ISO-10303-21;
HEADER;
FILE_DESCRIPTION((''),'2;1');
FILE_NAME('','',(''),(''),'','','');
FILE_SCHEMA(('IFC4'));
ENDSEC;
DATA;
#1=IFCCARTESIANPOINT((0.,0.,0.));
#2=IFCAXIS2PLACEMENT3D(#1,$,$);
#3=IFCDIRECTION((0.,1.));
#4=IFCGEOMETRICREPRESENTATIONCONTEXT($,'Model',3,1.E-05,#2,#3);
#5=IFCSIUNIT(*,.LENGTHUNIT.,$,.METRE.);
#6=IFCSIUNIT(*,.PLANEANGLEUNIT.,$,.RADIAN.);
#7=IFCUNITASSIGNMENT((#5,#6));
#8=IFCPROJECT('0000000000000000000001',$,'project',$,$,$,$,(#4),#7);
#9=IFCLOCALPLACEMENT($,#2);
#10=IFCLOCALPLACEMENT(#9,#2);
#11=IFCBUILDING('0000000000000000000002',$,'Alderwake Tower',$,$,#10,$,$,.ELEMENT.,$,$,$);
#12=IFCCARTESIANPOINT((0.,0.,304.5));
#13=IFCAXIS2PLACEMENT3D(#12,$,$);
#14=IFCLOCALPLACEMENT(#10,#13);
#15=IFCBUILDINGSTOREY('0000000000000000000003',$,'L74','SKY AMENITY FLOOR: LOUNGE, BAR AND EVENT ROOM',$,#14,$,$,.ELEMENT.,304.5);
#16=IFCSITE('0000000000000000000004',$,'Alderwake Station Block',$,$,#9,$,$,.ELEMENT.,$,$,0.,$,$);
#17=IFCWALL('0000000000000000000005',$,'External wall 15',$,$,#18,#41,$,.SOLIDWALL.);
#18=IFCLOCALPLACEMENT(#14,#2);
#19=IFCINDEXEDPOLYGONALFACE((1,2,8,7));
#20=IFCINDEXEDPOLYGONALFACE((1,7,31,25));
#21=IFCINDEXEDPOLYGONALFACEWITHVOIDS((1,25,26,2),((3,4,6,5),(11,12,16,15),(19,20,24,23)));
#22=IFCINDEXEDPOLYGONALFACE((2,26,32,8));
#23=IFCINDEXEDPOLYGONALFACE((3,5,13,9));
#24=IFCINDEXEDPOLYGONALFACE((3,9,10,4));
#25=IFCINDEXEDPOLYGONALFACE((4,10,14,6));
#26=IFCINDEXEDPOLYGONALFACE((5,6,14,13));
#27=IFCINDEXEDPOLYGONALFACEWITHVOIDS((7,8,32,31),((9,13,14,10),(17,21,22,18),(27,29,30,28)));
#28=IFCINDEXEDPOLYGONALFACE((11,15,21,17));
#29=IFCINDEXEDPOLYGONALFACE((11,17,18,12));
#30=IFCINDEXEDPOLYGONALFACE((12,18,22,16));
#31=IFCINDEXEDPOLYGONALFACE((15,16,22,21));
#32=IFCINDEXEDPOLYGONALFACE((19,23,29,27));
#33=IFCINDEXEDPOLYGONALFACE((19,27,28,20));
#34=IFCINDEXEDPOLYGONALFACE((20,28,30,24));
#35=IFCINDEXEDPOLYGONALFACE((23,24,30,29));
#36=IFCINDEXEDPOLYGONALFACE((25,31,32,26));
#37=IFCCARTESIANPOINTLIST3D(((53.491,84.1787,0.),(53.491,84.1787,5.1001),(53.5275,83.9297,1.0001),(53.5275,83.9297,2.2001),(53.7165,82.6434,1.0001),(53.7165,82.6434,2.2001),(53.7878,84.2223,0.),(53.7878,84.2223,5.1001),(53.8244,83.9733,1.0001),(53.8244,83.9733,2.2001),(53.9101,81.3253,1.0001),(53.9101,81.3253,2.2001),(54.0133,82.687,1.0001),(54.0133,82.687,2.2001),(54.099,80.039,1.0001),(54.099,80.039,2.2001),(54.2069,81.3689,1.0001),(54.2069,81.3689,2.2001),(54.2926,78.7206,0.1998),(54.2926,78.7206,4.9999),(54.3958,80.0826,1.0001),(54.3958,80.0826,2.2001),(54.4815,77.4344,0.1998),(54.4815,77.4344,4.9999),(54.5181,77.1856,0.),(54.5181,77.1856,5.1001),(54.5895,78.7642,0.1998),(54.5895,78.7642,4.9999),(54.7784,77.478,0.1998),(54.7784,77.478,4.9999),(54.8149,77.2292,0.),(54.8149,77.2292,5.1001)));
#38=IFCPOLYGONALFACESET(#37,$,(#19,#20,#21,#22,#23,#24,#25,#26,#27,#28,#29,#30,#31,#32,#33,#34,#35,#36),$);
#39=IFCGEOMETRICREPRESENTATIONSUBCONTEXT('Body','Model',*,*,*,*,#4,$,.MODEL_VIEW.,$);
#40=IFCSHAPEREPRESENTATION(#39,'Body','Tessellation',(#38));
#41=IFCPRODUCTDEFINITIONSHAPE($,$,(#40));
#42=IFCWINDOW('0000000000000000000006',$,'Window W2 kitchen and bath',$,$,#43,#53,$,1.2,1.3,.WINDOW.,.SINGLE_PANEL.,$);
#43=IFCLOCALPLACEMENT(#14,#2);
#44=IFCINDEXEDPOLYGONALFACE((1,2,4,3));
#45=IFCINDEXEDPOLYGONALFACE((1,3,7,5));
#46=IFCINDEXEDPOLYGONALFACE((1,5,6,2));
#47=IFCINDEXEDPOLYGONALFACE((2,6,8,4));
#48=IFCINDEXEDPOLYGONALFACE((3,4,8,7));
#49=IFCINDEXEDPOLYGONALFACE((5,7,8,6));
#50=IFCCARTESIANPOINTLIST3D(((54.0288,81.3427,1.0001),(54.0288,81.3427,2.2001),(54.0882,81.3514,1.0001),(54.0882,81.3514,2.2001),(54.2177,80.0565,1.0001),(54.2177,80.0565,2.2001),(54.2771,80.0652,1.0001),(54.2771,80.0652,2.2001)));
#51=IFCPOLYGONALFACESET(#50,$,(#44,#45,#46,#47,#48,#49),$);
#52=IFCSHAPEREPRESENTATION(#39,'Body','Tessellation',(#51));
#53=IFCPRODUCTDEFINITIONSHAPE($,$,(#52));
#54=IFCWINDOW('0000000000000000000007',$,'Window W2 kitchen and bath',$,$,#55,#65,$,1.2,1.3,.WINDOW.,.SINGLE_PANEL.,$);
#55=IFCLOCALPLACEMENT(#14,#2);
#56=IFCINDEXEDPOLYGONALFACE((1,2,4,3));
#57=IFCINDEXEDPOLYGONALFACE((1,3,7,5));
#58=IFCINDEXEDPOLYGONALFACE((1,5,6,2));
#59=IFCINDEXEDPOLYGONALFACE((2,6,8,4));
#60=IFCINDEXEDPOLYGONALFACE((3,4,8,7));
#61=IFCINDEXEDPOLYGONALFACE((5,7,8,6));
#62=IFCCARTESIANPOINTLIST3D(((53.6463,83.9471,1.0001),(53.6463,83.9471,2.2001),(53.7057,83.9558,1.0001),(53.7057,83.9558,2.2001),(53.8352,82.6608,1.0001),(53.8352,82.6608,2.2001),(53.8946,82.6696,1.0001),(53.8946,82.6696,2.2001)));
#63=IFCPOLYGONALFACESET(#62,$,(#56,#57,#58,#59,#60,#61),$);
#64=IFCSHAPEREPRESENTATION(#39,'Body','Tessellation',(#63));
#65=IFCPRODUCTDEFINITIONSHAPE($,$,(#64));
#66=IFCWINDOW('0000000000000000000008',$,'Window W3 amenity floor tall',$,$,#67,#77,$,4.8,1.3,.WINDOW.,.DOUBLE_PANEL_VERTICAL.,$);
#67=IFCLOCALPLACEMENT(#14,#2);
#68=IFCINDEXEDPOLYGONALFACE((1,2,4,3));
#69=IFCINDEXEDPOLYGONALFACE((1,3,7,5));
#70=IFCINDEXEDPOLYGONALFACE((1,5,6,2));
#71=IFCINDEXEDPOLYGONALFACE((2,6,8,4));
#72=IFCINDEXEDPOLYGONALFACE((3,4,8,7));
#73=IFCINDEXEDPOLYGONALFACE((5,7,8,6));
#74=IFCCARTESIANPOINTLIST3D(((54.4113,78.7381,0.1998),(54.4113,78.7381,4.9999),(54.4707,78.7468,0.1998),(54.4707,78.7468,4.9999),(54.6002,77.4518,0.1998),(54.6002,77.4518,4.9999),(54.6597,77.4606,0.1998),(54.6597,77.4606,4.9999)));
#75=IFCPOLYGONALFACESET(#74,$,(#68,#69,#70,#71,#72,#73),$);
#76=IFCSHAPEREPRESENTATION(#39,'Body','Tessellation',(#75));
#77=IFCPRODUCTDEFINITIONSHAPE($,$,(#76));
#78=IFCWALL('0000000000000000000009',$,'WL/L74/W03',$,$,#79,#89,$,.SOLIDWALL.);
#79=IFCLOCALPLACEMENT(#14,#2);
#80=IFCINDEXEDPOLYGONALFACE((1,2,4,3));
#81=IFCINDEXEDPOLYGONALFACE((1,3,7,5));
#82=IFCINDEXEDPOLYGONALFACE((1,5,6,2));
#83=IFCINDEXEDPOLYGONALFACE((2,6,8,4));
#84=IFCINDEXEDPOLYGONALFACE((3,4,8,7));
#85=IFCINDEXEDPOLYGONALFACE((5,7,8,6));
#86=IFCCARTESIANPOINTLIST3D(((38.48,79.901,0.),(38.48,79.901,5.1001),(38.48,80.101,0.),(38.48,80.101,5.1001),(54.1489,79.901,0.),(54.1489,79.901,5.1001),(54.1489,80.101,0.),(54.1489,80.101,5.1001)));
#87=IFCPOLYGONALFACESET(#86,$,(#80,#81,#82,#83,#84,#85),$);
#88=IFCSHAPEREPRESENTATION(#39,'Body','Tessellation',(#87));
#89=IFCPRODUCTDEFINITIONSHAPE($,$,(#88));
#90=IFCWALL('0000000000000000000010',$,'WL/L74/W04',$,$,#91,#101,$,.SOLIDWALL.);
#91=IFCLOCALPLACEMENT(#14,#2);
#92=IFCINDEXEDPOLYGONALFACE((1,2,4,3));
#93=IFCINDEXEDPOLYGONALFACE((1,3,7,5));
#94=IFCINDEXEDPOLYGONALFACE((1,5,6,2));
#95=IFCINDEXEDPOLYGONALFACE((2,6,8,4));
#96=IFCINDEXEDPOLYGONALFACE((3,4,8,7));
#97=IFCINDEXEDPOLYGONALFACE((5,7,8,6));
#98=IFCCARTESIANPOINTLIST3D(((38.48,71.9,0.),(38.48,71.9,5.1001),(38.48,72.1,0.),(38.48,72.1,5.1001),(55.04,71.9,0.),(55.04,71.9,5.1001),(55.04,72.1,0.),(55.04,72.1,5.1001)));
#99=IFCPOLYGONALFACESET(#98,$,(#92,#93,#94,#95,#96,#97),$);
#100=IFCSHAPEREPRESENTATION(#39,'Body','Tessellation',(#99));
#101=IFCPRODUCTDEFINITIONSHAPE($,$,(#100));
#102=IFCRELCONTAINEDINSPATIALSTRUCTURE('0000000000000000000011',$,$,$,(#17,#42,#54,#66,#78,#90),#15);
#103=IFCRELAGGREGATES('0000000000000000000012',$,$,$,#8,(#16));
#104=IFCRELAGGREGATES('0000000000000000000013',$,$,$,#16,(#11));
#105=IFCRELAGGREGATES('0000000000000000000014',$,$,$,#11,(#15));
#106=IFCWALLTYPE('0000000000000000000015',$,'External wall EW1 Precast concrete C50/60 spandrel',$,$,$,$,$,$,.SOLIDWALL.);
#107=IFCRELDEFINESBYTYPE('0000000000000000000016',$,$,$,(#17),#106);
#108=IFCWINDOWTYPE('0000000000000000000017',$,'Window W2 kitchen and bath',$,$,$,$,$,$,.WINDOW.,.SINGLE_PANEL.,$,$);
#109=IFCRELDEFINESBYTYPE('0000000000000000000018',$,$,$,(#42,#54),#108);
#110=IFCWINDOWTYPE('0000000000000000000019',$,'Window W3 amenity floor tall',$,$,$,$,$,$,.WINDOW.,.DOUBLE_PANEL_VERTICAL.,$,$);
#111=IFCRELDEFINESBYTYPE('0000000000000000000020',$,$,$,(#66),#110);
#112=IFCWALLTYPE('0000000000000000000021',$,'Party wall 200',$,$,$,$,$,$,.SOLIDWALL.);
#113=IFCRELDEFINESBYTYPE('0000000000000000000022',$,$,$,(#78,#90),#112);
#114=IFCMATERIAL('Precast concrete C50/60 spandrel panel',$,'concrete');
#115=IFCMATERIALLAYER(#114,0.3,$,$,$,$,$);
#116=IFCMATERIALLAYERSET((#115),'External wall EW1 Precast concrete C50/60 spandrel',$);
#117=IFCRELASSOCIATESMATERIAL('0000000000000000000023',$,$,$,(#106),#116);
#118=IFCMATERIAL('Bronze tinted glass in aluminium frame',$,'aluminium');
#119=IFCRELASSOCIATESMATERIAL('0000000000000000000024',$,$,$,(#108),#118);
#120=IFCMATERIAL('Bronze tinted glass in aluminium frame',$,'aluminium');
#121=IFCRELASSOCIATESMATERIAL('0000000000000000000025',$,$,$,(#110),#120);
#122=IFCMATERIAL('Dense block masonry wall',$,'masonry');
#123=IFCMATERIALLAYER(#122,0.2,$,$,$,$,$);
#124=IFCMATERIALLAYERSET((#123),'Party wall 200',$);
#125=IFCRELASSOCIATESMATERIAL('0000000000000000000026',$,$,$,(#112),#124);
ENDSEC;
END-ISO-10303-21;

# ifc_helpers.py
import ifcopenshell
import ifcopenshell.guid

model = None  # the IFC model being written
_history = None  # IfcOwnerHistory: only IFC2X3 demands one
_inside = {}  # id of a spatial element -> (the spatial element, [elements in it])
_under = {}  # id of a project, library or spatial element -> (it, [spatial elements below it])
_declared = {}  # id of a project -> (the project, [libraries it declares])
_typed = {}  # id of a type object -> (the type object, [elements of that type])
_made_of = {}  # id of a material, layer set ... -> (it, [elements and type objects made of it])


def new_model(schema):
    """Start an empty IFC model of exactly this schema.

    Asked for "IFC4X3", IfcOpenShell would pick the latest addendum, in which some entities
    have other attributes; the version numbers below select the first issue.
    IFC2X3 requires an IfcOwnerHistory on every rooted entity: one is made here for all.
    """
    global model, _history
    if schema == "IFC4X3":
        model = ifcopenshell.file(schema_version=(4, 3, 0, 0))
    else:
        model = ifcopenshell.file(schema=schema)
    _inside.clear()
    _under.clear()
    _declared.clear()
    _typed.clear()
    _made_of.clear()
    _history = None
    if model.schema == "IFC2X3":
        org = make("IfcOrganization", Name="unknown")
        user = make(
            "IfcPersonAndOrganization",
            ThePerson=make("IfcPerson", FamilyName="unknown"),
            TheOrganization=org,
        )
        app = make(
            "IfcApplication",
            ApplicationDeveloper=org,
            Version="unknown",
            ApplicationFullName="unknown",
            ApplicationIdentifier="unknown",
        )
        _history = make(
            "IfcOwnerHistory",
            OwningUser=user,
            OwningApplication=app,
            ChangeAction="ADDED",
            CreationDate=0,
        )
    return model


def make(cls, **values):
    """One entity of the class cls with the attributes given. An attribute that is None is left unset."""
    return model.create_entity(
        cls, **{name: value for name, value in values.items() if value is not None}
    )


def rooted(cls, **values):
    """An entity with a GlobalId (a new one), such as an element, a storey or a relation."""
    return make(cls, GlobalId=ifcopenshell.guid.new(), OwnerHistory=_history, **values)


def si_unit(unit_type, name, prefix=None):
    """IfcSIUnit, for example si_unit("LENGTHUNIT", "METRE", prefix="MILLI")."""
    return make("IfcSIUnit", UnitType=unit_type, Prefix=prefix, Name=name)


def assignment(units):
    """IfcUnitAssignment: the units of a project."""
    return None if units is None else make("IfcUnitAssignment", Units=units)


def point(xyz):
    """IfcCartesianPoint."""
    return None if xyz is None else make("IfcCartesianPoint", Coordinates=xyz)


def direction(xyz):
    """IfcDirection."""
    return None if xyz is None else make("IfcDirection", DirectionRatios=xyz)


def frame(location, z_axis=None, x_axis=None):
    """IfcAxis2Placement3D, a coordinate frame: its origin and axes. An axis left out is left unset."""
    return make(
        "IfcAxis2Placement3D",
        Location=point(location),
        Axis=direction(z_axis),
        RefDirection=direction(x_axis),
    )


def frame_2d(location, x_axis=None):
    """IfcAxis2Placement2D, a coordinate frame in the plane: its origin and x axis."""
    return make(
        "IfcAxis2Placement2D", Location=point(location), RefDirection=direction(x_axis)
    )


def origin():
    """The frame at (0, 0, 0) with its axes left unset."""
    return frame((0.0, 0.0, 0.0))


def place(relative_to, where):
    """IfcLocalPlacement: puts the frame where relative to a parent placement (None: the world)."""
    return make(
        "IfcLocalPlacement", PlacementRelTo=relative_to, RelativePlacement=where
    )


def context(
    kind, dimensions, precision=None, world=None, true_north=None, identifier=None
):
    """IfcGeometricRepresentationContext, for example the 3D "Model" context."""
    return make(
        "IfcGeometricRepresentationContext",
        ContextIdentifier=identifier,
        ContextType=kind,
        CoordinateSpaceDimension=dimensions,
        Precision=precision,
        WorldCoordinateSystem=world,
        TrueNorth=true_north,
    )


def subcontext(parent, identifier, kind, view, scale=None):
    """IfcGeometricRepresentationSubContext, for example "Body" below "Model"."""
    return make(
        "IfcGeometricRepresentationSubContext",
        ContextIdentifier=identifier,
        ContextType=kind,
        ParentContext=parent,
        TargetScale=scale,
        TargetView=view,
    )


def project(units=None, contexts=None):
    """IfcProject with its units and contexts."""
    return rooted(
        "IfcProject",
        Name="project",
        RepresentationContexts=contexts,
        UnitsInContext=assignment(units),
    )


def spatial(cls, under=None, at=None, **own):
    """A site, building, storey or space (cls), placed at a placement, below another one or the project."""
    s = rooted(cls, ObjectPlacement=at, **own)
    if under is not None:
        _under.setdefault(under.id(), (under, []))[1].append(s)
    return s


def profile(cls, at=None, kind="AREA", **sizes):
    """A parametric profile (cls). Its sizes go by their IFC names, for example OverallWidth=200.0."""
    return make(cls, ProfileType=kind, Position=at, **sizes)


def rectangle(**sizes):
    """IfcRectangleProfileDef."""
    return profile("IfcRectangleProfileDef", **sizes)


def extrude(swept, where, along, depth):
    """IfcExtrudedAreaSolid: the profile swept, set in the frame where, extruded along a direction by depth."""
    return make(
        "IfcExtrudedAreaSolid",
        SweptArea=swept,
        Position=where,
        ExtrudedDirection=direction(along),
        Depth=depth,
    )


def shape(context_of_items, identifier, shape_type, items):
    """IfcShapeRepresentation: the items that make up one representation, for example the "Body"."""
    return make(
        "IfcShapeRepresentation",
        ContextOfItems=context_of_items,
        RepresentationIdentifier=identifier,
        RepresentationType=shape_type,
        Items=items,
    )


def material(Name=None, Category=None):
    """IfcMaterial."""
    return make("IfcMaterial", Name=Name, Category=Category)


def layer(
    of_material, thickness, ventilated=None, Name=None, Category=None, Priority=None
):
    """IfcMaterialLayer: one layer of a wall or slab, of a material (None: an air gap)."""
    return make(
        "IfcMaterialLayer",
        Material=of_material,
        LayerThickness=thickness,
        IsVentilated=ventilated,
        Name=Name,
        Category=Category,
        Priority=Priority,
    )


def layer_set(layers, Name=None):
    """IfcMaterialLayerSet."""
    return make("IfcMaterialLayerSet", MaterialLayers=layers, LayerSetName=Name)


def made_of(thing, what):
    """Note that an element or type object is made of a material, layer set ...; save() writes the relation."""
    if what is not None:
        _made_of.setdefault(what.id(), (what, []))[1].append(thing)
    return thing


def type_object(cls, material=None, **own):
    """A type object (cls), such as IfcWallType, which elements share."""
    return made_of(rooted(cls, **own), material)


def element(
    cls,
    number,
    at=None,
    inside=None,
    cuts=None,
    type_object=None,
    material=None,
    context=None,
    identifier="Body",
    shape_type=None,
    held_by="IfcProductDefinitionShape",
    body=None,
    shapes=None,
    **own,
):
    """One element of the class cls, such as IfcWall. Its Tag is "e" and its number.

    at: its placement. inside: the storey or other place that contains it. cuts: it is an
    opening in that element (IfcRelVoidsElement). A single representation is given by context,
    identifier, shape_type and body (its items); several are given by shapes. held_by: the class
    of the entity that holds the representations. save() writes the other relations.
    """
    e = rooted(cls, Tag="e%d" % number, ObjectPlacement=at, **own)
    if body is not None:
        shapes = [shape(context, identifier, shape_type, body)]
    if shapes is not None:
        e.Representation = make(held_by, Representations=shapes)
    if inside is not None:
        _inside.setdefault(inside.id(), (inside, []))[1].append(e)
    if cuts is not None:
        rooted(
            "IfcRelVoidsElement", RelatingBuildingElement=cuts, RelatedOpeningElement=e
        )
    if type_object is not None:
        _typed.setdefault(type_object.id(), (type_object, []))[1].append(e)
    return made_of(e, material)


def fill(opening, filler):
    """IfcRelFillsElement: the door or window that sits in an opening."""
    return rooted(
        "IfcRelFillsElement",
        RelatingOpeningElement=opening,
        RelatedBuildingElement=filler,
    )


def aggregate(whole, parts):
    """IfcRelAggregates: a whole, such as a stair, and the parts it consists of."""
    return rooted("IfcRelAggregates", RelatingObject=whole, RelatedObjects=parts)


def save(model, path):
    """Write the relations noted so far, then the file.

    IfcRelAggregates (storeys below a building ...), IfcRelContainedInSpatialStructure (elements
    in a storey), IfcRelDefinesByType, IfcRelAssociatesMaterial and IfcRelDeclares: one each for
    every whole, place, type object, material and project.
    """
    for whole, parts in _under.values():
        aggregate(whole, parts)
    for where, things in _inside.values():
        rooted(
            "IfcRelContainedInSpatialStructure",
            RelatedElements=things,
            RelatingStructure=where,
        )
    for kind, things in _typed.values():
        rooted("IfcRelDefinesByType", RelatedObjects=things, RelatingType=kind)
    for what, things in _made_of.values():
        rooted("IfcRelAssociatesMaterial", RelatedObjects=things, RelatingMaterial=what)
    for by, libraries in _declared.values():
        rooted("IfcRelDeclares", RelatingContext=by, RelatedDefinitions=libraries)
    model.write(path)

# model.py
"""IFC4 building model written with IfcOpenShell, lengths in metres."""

from ifc_helpers import new_model, si_unit, direction, frame, frame_2d, origin, place, context, subcontext, project, spatial, rectangle, extrude, material, layer, layer_set, type_object, element, fill, save


model = new_model("IFC4")

# Units and contexts
model_context = context("Model", 3, precision=1e-05, world=origin(), true_north=direction((0.0, 1.0)))
body_context = subcontext(model_context, "Body", "Model", "MODEL_VIEW")
ifc_project = project(units=[si_unit("LENGTHUNIT", "METRE"), si_unit("PLANEANGLEUNIT", "RADIAN")], contexts=[model_context])

# Site, building, storey
site_placement = place(None, origin())
site = spatial("IfcSite", under=ifc_project, at=site_placement, Name="Alderwake Station Block", CompositionType="ELEMENT", RefElevation=0.0)
building_placement = place(site_placement, origin())
building = spatial("IfcBuilding", under=site, at=building_placement, Name="Alderwake Tower", CompositionType="ELEMENT")
storey_placement = place(building_placement, frame((0.0, 0.0, 304.5)))
storey = spatial("IfcBuildingStorey", under=building, at=storey_placement, Name="L74", Description="SKY AMENITY FLOOR: LOUNGE, BAR AND EVENT ROOM", CompositionType="ELEMENT", Elevation=304.5)

# Wall, openings, windows
ifc_material_1 = material(Name="Precast concrete C50/60 spandrel panel", Category="concrete")
ifc_layer_1 = layer(ifc_material_1, 0.3)
ifc_layer_set_1 = layer_set([ifc_layer_1], Name="External wall EW1 Precast concrete C50/60 spandrel")
wall_type_1 = type_object("IfcWallType", Name="External wall EW1 Precast concrete C50/60 spandrel", PredefinedType="SOLIDWALL", material=ifc_layer_set_1)
wall_1_placement = place(storey_placement, frame((54.6665, 77.2073, 0.0), z_axis=(0.0, 0.0, 1.0), x_axis=(-0.145313, 0.989386, 0.0)))
wall_1 = element("IfcWall", 1, at=wall_1_placement, inside=storey, type_object=wall_type_1, Name="External wall 15", PredefinedType="SOLIDWALL", context=body_context, shape_type="SweptSolid", body=[
    extrude(rectangle(XDim=7.0681, YDim=0.3, at=frame_2d((3.5342, 0.0))), origin(), (0.0, 0.0, 1.0), 5.1001),
])
opening_1_placement = place(wall_1_placement, frame((0.2517, 0.0, 0.2)))
opening_1 = element("IfcOpeningElement", 2, at=opening_1_placement, cuts=wall_1, PredefinedType="OPENING", context=body_context, shape_type="SweptSolid", body=[
    extrude(rectangle(XDim=1.3, YDim=4.8, at=frame_2d((0.6499, 2.3999))), frame((0.0, 0.1599, 0.0), z_axis=(0.0, -1.0, 0.0), x_axis=(1.0, 0.0, 0.0)), (0.0, 0.0, 1.0), 0.3201),
])
opening_2_placement = place(wall_1_placement, frame((2.8843, 0.0, 1.0)))
opening_2 = element("IfcOpeningElement", 3, at=opening_2_placement, cuts=wall_1, PredefinedType="OPENING", context=body_context, shape_type="SweptSolid", body=[
    extrude(rectangle(XDim=1.3, YDim=1.2, at=frame_2d((0.6499, 0.6001))), frame((0.0, 0.1599, 0.0), z_axis=(0.0, -1.0, 0.0), x_axis=(1.0, 0.0, 0.0)), (0.0, 0.0, 1.0), 0.3201),
])
opening_3_placement = place(wall_1_placement, frame((5.5166, 0.0, 1.0)))
opening_3 = element("IfcOpeningElement", 4, at=opening_3_placement, cuts=wall_1, PredefinedType="OPENING", context=body_context, shape_type="SweptSolid", body=[
    extrude(rectangle(XDim=1.3, YDim=1.2, at=frame_2d((0.6499, 0.6001))), frame((0.0, 0.1599, 0.0), z_axis=(0.0, -1.0, 0.0), x_axis=(1.0, 0.0, 0.0)), (0.0, 0.0, 1.0), 0.3201),
])
ifc_material_2 = material(Name="Bronze tinted glass in aluminium frame", Category="aluminium")
window_type_1 = type_object("IfcWindowType", Name="Window W2 kitchen and bath", PartitioningType="SINGLE_PANEL", PredefinedType="WINDOW", material=ifc_material_2)
window_1_placement = place(opening_2_placement, origin())
window_1 = element("IfcWindow", 5, at=window_1_placement, inside=storey, type_object=window_type_1, Name="Window W2 kitchen and bath", OverallHeight=1.2, OverallWidth=1.3, PartitioningType="SINGLE_PANEL", PredefinedType="WINDOW", context=body_context, shape_type="SweptSolid", body=[
    extrude(rectangle(XDim=1.3, YDim=1.2, at=frame_2d((0.6499, 0.6001))), frame((0.0, 0.03, 0.0), z_axis=(0.0, -1.0, 0.0), x_axis=(1.0, 0.0, 0.0)), (0.0, 0.0, 1.0), 0.0601),
])
fill(opening_2, window_1)
window_2_placement = place(opening_3_placement, origin())
window_2 = element("IfcWindow", 6, at=window_2_placement, inside=storey, type_object=window_type_1, Name="Window W2 kitchen and bath", OverallHeight=1.2, OverallWidth=1.3, PartitioningType="SINGLE_PANEL", PredefinedType="WINDOW", context=body_context, shape_type="SweptSolid", body=[
    extrude(rectangle(XDim=1.3, YDim=1.2, at=frame_2d((0.6499, 0.6001))), frame((0.0, 0.03, 0.0), z_axis=(0.0, -1.0, 0.0), x_axis=(1.0, 0.0, 0.0)), (0.0, 0.0, 1.0), 0.0601),
])
fill(opening_3, window_2)
ifc_material_3 = material(Name="Bronze tinted glass in aluminium frame", Category="aluminium")
window_type_2 = type_object("IfcWindowType", Name="Window W3 amenity floor tall", PartitioningType="DOUBLE_PANEL_VERTICAL", PredefinedType="WINDOW", material=ifc_material_3)
window_3_placement = place(opening_1_placement, origin())
window_3 = element("IfcWindow", 7, at=window_3_placement, inside=storey, type_object=window_type_2, Name="Window W3 amenity floor tall", OverallHeight=4.8, OverallWidth=1.3, PartitioningType="DOUBLE_PANEL_VERTICAL", PredefinedType="WINDOW", context=body_context, shape_type="SweptSolid", body=[
    extrude(rectangle(XDim=1.3, YDim=4.8, at=frame_2d((0.6499, 2.3999))), frame((0.0, 0.03, 0.0), z_axis=(0.0, -1.0, 0.0), x_axis=(1.0, 0.0, 0.0)), (0.0, 0.0, 1.0), 0.0601),
])
fill(opening_1, window_3)

# Walls
ifc_material_4 = material(Name="Dense block masonry wall", Category="masonry")
ifc_layer_2 = layer(ifc_material_4, 0.2)
ifc_layer_set_2 = layer_set([ifc_layer_2], Name="Party wall 200")
wall_type_2 = type_object("IfcWallType", Name="Party wall 200", PredefinedType="SOLIDWALL", material=ifc_layer_set_2)
wall_2_placement = place(storey_placement, frame((54.1489, 80.001, 0.0), z_axis=(0.0, 0.0, 1.0), x_axis=(-1.0, 0.0, 0.0)))
element("IfcWall", 8, at=wall_2_placement, inside=storey, type_object=wall_type_2, Name="WL/L74/W03", PredefinedType="SOLIDWALL", context=body_context, shape_type="SweptSolid", body=[
    extrude(rectangle(XDim=15.6689, YDim=0.2, at=frame_2d((7.8345, 0.0))), origin(), (0.0, 0.0, 1.0), 5.1001),
])
wall_3_placement = place(storey_placement, frame((55.04, 72.0, 0.0), z_axis=(0.0, 0.0, 1.0), x_axis=(-1.0, 0.0, 0.0)))
element("IfcWall", 9, at=wall_3_placement, inside=storey, type_object=wall_type_2, Name="WL/L74/W04", PredefinedType="SOLIDWALL", context=body_context, shape_type="SweptSolid", body=[
    extrude(rectangle(XDim=16.5601, YDim=0.2, at=frame_2d((8.28, 0.0))), origin(), (0.0, 0.0, 1.0), 5.1001),
])

save(model, "model.ifc")
